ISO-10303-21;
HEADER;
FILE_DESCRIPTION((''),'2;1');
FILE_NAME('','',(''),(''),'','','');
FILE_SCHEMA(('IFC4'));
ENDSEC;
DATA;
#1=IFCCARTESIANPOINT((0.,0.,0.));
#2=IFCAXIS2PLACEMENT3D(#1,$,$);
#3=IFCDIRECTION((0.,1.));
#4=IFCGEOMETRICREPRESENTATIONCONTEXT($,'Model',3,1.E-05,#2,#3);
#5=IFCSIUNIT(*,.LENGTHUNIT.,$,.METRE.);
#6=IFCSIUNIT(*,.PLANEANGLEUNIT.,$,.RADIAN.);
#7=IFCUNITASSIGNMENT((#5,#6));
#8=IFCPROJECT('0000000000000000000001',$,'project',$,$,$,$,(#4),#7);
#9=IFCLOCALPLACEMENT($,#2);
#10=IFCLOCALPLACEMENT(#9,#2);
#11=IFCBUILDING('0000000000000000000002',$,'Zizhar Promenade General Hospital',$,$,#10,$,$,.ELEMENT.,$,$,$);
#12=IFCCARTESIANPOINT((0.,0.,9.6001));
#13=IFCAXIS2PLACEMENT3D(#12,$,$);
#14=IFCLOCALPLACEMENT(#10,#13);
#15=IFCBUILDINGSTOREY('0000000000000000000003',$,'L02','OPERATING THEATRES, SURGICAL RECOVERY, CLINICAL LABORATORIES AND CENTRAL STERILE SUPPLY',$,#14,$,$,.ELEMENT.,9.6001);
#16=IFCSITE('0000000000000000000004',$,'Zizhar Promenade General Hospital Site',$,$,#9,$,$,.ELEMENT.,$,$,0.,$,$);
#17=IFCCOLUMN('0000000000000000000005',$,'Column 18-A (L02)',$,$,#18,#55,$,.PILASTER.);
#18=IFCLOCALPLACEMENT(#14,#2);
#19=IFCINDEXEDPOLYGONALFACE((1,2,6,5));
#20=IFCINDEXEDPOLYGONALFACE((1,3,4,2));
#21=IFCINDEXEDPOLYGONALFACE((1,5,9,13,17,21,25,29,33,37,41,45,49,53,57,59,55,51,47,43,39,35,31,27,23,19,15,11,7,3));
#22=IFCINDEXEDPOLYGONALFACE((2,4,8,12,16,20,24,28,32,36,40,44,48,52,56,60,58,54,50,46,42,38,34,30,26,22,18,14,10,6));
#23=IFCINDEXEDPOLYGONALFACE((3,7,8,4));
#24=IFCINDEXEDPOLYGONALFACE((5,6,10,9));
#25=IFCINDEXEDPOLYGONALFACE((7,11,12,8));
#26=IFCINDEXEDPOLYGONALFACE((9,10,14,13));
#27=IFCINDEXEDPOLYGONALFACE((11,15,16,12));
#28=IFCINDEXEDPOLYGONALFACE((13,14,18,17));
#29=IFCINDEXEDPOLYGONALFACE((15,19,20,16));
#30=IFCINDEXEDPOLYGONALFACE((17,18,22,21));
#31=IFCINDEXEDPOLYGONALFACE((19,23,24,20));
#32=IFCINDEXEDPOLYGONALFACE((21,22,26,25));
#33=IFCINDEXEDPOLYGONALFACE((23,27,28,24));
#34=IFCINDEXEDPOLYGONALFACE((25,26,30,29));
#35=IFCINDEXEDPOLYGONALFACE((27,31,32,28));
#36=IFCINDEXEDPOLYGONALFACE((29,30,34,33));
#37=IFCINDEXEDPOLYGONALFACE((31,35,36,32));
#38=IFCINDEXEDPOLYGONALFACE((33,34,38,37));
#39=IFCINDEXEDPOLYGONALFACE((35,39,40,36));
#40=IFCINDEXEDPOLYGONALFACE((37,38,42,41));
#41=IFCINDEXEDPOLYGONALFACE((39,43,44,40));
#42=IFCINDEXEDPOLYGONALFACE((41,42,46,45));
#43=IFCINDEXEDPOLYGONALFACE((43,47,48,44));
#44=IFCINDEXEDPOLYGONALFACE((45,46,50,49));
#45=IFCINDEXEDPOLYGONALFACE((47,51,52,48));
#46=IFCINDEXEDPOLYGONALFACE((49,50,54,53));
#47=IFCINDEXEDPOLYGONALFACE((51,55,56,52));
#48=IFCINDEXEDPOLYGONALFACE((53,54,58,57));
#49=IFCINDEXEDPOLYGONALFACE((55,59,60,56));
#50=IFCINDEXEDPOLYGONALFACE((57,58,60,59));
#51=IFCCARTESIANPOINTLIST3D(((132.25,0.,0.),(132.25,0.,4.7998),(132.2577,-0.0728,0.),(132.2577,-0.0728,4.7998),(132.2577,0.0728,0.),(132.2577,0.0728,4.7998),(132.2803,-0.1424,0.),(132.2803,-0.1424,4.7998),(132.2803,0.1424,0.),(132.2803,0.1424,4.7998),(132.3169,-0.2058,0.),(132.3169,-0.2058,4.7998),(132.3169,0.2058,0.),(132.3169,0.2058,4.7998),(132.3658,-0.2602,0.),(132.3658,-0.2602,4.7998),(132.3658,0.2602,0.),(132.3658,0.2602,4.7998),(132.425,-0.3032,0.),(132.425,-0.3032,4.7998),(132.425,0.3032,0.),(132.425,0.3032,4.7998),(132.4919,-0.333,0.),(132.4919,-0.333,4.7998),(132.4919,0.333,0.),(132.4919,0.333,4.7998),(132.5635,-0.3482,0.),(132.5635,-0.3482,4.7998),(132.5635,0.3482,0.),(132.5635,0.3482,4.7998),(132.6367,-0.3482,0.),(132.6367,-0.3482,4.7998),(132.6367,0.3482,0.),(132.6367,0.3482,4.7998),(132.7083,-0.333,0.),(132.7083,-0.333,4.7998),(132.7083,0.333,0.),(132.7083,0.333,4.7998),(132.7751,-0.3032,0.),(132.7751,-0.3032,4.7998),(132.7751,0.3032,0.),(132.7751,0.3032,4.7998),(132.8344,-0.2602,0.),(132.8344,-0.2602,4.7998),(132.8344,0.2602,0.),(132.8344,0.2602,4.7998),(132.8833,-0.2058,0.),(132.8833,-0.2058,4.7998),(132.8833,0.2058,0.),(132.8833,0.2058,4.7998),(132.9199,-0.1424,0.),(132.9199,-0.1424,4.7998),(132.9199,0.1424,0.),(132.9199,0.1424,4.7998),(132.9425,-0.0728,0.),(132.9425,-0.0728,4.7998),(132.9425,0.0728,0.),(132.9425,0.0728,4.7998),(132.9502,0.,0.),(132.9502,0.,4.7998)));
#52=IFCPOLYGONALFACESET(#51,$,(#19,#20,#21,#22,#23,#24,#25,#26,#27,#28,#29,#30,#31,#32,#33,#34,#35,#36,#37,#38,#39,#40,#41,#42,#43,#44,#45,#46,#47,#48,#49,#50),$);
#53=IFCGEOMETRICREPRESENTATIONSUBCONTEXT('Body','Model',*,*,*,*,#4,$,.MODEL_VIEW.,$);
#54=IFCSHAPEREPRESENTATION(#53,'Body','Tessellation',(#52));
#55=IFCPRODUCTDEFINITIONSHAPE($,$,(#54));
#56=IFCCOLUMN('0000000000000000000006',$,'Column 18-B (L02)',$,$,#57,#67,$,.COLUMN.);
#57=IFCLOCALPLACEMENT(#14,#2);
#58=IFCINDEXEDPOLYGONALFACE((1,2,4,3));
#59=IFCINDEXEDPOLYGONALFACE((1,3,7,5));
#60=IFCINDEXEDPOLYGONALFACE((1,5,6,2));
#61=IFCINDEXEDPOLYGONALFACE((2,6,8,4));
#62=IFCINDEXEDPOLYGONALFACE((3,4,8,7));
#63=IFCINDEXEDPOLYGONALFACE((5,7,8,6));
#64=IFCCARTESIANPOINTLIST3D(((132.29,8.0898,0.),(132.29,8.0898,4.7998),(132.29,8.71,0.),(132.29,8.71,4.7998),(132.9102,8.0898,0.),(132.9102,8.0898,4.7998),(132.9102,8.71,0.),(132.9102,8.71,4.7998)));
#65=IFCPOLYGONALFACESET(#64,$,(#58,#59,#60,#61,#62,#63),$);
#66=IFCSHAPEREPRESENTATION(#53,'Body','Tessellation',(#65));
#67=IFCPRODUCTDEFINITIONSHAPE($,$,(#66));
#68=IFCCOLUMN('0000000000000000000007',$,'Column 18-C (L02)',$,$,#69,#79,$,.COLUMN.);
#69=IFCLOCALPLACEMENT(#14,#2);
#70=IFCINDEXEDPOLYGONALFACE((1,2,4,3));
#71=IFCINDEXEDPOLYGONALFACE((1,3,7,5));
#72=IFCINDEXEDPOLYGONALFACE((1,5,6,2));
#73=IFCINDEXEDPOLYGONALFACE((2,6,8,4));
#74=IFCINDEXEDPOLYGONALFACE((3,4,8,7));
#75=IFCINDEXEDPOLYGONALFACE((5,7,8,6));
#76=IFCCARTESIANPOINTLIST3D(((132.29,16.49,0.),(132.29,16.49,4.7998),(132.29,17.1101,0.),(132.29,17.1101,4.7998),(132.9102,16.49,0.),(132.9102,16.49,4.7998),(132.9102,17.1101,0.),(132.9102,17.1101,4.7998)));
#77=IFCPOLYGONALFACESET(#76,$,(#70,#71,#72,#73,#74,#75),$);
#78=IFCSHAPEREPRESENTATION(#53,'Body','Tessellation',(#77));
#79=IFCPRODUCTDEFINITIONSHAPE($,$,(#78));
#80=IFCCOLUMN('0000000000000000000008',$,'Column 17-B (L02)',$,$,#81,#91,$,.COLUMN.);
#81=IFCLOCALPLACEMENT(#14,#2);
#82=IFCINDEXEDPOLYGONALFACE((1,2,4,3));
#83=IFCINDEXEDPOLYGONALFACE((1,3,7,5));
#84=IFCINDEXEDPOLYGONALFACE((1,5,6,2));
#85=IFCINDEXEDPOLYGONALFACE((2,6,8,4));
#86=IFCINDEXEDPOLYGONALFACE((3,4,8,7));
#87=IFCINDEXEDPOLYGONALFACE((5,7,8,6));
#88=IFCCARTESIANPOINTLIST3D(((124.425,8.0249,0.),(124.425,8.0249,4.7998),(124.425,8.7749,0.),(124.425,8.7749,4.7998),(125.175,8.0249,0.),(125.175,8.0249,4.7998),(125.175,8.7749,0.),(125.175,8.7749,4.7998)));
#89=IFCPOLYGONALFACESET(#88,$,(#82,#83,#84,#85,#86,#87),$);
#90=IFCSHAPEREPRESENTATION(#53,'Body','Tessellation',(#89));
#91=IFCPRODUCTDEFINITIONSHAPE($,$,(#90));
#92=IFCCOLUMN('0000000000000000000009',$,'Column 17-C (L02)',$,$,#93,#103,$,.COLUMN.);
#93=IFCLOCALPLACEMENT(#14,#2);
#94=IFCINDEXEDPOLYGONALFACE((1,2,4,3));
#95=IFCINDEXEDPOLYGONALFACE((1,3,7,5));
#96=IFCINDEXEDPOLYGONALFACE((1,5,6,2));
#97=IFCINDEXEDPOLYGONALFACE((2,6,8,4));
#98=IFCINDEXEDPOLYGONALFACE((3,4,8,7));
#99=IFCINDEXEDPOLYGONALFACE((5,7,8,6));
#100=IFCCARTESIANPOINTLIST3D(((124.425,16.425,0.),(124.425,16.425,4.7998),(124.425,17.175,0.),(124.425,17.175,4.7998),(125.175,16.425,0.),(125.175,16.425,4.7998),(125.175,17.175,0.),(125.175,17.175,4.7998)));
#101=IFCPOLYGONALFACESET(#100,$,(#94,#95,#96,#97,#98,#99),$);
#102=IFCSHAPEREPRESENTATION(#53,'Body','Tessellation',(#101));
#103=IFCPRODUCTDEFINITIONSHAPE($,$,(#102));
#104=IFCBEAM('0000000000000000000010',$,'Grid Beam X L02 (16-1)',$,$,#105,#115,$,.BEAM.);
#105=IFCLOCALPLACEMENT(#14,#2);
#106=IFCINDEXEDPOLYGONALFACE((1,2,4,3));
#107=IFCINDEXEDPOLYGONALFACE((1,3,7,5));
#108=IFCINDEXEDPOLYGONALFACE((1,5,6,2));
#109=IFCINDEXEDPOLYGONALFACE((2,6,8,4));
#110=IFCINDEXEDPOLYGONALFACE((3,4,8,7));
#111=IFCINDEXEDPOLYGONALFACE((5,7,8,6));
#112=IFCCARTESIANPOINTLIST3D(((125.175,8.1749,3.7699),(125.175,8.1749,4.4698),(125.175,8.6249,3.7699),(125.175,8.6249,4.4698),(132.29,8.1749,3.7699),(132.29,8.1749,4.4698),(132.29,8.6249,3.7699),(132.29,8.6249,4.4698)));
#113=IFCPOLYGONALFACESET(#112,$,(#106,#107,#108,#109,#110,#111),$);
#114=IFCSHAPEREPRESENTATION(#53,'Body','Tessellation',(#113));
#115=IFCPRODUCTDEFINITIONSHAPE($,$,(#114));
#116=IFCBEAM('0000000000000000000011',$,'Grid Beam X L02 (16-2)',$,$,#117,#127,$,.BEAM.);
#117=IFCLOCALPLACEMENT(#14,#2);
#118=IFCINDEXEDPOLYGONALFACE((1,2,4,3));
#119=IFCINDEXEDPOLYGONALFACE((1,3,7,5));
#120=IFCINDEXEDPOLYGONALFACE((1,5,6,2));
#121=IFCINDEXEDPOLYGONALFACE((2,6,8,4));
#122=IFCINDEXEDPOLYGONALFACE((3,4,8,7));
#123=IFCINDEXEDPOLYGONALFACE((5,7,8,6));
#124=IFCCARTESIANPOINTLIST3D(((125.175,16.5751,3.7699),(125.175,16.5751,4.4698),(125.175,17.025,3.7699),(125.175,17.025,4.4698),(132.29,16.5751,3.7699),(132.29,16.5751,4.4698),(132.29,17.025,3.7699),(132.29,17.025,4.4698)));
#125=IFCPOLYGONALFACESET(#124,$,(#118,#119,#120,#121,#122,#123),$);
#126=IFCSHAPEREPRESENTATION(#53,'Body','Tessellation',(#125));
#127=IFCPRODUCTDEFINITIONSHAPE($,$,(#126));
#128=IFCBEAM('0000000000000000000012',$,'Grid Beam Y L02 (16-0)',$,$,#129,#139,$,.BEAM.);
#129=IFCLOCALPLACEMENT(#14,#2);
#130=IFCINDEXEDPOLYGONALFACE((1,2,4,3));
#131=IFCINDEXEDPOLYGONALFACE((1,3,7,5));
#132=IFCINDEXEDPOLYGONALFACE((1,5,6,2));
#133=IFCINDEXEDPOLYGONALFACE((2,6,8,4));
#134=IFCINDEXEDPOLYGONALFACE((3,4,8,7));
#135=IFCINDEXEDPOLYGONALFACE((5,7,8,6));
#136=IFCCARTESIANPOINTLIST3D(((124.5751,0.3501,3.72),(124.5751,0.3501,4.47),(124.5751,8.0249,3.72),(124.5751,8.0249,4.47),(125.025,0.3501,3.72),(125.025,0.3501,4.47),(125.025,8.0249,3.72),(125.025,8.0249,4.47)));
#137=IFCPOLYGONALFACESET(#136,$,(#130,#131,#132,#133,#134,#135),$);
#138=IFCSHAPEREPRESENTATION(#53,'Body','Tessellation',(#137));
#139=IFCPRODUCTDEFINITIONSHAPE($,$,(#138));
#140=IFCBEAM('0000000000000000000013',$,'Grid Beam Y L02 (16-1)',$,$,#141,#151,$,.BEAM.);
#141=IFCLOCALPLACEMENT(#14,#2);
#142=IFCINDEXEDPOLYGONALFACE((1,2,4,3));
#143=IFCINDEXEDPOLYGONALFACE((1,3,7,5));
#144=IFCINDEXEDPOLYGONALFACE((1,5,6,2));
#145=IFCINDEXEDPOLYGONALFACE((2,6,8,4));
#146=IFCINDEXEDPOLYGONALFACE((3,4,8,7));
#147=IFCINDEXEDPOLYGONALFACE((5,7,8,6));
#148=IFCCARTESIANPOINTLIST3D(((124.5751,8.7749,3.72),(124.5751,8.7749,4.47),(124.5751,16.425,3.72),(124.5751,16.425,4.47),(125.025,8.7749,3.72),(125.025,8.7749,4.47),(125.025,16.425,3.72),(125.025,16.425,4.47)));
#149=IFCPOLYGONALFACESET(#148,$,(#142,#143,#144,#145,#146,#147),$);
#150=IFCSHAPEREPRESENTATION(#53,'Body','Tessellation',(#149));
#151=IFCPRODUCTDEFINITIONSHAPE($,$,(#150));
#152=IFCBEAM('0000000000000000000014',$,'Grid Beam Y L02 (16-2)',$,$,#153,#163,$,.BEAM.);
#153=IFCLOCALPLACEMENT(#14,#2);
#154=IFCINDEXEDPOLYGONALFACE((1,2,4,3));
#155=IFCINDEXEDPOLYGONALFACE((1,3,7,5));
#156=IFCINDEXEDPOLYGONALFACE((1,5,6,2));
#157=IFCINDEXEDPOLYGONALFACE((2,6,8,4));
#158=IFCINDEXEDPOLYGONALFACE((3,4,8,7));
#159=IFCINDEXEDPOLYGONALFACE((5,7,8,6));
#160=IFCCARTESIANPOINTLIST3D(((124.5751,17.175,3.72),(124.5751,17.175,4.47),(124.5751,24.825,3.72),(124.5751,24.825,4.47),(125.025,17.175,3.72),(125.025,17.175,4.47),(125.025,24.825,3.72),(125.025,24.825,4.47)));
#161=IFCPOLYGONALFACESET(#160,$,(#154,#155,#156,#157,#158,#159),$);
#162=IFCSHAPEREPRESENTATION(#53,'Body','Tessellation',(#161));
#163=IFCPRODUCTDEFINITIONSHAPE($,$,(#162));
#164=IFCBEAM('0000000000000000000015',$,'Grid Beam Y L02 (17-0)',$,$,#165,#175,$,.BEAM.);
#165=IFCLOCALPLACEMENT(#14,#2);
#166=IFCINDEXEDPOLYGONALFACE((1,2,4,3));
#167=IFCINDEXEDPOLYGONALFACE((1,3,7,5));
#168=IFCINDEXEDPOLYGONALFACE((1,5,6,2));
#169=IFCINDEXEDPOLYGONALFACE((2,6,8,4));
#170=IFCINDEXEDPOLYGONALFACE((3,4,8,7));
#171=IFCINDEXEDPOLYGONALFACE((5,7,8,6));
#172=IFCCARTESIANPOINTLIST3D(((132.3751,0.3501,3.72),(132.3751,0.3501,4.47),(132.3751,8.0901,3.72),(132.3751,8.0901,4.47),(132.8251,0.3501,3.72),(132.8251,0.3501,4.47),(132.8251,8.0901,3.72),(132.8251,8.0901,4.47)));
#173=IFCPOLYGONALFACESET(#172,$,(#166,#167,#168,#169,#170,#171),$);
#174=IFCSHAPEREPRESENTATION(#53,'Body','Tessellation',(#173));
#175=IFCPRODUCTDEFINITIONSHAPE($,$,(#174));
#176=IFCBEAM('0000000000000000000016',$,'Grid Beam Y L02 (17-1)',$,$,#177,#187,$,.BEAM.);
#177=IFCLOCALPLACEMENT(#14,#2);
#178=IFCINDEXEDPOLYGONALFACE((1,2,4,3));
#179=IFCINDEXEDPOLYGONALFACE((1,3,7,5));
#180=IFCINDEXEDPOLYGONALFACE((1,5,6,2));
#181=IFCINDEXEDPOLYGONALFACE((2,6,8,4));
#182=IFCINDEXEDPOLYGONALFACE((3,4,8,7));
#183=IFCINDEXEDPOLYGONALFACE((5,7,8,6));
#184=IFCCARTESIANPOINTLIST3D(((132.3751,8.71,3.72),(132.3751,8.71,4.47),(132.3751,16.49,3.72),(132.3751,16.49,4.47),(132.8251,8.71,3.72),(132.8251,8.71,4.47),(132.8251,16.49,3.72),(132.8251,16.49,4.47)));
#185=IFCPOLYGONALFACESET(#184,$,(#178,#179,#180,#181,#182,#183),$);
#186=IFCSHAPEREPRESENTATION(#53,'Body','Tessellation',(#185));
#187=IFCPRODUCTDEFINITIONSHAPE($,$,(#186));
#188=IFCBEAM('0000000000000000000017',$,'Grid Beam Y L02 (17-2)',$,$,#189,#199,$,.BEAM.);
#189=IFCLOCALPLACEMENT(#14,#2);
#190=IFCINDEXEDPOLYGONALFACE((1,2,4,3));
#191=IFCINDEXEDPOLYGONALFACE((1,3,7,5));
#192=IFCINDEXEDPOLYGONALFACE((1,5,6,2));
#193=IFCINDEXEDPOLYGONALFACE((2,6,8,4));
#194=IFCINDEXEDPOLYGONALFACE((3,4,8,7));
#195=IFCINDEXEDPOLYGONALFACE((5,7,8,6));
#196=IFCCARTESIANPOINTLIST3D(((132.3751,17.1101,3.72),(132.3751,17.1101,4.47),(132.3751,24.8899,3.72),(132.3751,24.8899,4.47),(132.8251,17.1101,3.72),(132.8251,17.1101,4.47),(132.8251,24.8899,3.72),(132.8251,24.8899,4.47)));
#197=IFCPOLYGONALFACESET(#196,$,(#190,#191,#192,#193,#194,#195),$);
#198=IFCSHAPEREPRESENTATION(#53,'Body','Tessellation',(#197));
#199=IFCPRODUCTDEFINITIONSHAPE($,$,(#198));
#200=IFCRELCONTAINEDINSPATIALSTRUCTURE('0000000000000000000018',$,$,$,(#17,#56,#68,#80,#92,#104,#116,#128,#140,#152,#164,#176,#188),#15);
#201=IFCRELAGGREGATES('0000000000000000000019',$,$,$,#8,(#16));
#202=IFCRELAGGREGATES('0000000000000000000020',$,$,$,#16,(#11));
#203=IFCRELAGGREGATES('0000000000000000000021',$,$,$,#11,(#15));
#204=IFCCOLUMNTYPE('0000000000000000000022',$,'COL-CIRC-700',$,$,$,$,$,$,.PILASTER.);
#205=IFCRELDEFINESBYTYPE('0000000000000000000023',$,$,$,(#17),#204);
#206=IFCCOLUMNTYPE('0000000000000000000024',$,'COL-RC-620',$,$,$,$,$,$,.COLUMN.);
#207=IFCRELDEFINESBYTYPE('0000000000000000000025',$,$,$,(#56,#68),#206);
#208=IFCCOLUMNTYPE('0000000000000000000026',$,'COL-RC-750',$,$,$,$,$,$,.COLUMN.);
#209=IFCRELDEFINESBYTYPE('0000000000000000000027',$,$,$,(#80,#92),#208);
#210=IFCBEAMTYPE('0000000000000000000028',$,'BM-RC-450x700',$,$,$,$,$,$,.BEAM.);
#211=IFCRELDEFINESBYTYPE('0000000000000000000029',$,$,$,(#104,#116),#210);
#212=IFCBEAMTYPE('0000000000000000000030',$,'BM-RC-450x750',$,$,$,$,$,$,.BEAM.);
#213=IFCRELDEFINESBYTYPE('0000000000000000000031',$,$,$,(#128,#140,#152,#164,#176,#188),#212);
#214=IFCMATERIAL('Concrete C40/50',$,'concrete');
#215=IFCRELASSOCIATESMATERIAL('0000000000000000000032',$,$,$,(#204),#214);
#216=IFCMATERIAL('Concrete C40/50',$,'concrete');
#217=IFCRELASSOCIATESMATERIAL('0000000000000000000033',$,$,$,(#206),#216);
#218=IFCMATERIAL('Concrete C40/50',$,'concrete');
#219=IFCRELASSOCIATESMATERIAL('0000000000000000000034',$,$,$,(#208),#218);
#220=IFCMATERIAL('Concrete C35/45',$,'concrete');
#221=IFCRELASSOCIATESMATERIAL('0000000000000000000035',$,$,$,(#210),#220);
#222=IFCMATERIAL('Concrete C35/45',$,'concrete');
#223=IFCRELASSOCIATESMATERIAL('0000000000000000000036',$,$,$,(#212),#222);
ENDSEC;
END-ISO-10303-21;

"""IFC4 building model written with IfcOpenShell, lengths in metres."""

from ifc_helpers import new_model, si_unit, direction, frame, origin, origin_2d, place, context, subcontext, project, spatial, rectangle, circle, extrude, material, material_profile, profile_set, type_object, element, save


model = new_model("IFC4")

# Units and contexts
model_context = context("Model", 3, precision=1e-05, world=origin(), true_north=direction((0.0, 1.0)))
body_context = subcontext(model_context, "Body", "Model", "MODEL_VIEW")
ifc_project = project(units=[si_unit("LENGTHUNIT", "METRE"), si_unit("PLANEANGLEUNIT", "RADIAN")], contexts=[model_context])

# Site, building, storey
site_placement = place(None, origin())
site = spatial("IfcSite", under=ifc_project, at=site_placement, Name="Zizhar Promenade General Hospital Site", CompositionType="ELEMENT", RefElevation=0.0)
building_placement = place(site_placement, origin())
building = spatial("IfcBuilding", under=site, at=building_placement, Name="Zizhar Promenade General Hospital", CompositionType="ELEMENT")
storey_placement = place(building_placement, frame((0.0, 0.0, 9.6001)))
storey = spatial("IfcBuildingStorey", under=building, at=storey_placement, Name="L02", Description="OPERATING THEATRES, SURGICAL RECOVERY, CLINICAL LABORATORIES AND CENTRAL STERILE SUPPLY", CompositionType="ELEMENT", Elevation=9.6001)

# Columns
ifc_material_1 = material(Name="Concrete C40/50", Category="concrete")
ifc_material_profile_1 = material_profile(ifc_material_1, circle(Radius=0.3501, at=origin_2d()))
ifc_profile_set_1 = profile_set([ifc_material_profile_1], Name="Concrete C40/50")
column_type_1 = type_object("IfcColumnType", Name="COL-CIRC-700", PredefinedType="PILASTER", material=ifc_profile_set_1)
column_placement = place(storey_placement, frame((132.6001, 0.0, 0.0), z_axis=(0.0, 0.0, 1.0), x_axis=(1.0, 0.0, 0.0)))
element("IfcColumn", 1, at=column_placement, inside=storey, type_object=column_type_1, Name="Column 18-A (L02)", PredefinedType="PILASTER", context=body_context, shape_type="SweptSolid", body=[
    extrude(circle(Radius=0.3501, at=origin_2d()), origin(), (0.0, 0.0, 1.0), 4.7998),
])
ifc_material_2 = material(Name="Concrete C40/50", Category="concrete")
ifc_material_profile_2 = material_profile(ifc_material_2, rectangle(XDim=0.6201, YDim=0.6201, at=origin_2d()))
ifc_profile_set_2 = profile_set([ifc_material_profile_2], Name="Concrete C40/50")
column_type_2 = type_object("IfcColumnType", Name="COL-RC-620", PredefinedType="COLUMN", material=ifc_profile_set_2)
for number, where, z_axis, x_axis, name in (
    (2, (132.6001, 8.3999, 0.0), (0.0, 0.0, 1.0), (1.0, 0.0, 0.0), "Column 18-B (L02)"),
    (3, (132.6001, 16.8, 0.0), (0.0, 0.0, 1.0), (1.0, 0.0, 0.0), "Column 18-C (L02)"),
):
    element("IfcColumn", number, at=place(storey_placement, frame(where, z_axis=z_axis, x_axis=x_axis)), inside=storey, type_object=column_type_2, Name=name, PredefinedType="COLUMN", context=body_context, shape_type="SweptSolid", body=[
        extrude(rectangle(XDim=0.6201, YDim=0.6201, at=origin_2d()), origin(), (0.0, 0.0, 1.0), 4.7998),
    ])
ifc_material_3 = material(Name="Concrete C40/50", Category="concrete")
ifc_material_profile_3 = material_profile(ifc_material_3, rectangle(XDim=0.75, YDim=0.75, at=origin_2d()))
ifc_profile_set_3 = profile_set([ifc_material_profile_3], Name="Concrete C40/50")
column_type_3 = type_object("IfcColumnType", Name="COL-RC-750", PredefinedType="COLUMN", material=ifc_profile_set_3)
for number, where, z_axis, x_axis, name in (
    (4, (124.8, 8.3999, 0.0), (0.0, 0.0, 1.0), (1.0, 0.0, 0.0), "Column 17-B (L02)"),
    (5, (124.8, 16.8, 0.0), (0.0, 0.0, 1.0), (1.0, 0.0, 0.0), "Column 17-C (L02)"),
):
    element("IfcColumn", number, at=place(storey_placement, frame(where, z_axis=z_axis, x_axis=x_axis)), inside=storey, type_object=column_type_3, Name=name, PredefinedType="COLUMN", context=body_context, shape_type="SweptSolid", body=[
        extrude(rectangle(XDim=0.75, YDim=0.75, at=origin_2d()), origin(), (0.0, 0.0, 1.0), 4.7998),
    ])

# Beams
ifc_material_4 = material(Name="Concrete C35/45", Category="concrete")
ifc_material_profile_4 = material_profile(ifc_material_4, rectangle(XDim=0.45, YDim=0.7, at=origin_2d()))
ifc_profile_set_4 = profile_set([ifc_material_profile_4], Name="Concrete C35/45")
beam_type_1 = type_object("IfcBeamType", Name="BM-RC-450x700", PredefinedType="BEAM", material=ifc_profile_set_4)
for number, where, z_axis, x_axis, name in (
    (6, (125.175, 8.3999, 4.1199), (1.0, 0.0, 0.0), (0.0, 1.0, 0.0), "Grid Beam X L02 (16-1)"),
    (7, (125.175, 16.8, 4.1199), (1.0, 0.0, 0.0), (0.0, 1.0, 0.0), "Grid Beam X L02 (16-2)"),
):
    element("IfcBeam", number, at=place(storey_placement, frame(where, z_axis=z_axis, x_axis=x_axis)), inside=storey, type_object=beam_type_1, Name=name, PredefinedType="BEAM", context=body_context, shape_type="SweptSolid", body=[
        extrude(rectangle(XDim=0.45, YDim=0.7, at=origin_2d()), origin(), (0.0, 0.0, 1.0), 7.115),
    ])
ifc_material_5 = material(Name="Concrete C35/45", Category="concrete")
ifc_material_profile_5 = material_profile(ifc_material_5, rectangle(XDim=0.45, YDim=0.75, at=origin_2d()))
ifc_profile_set_5 = profile_set([ifc_material_profile_5], Name="Concrete C35/45")
beam_type_2 = type_object("IfcBeamType", Name="BM-RC-450x750", PredefinedType="BEAM", material=ifc_profile_set_5)
beam_1_placement = place(storey_placement, frame((124.8, 0.3501, 4.095), z_axis=(0.0, 1.0, 0.0), x_axis=(-1.0, 0.0, 0.0)))
element("IfcBeam", 8, at=beam_1_placement, inside=storey, type_object=beam_type_2, Name="Grid Beam Y L02 (16-0)", PredefinedType="BEAM", context=body_context, shape_type="SweptSolid", body=[
    extrude(rectangle(XDim=0.45, YDim=0.75, at=origin_2d()), origin(), (0.0, 0.0, 1.0), 7.6748),
])
beam_2_placement = place(storey_placement, frame((124.8, 8.7749, 4.095), z_axis=(0.0, 1.0, 0.0), x_axis=(-1.0, 0.0, 0.0)))
element("IfcBeam", 9, at=beam_2_placement, inside=storey, type_object=beam_type_2, Name="Grid Beam Y L02 (16-1)", PredefinedType="BEAM", context=body_context, shape_type="SweptSolid", body=[
    extrude(rectangle(XDim=0.45, YDim=0.75, at=origin_2d()), origin(), (0.0, 0.0, 1.0), 7.6501),
])
beam_3_placement = place(storey_placement, frame((124.8, 17.175, 4.095), z_axis=(0.0, 1.0, 0.0), x_axis=(-1.0, 0.0, 0.0)))
element("IfcBeam", 10, at=beam_3_placement, inside=storey, type_object=beam_type_2, Name="Grid Beam Y L02 (16-2)", PredefinedType="BEAM", context=body_context, shape_type="SweptSolid", body=[
    extrude(rectangle(XDim=0.45, YDim=0.75, at=origin_2d()), origin(), (0.0, 0.0, 1.0), 7.6499),
])
beam_4_placement = place(storey_placement, frame((132.6001, 0.3501, 4.095), z_axis=(0.0, 1.0, 0.0), x_axis=(-1.0, 0.0, 0.0)))
element("IfcBeam", 11, at=beam_4_placement, inside=storey, type_object=beam_type_2, Name="Grid Beam Y L02 (17-0)", PredefinedType="BEAM", context=body_context, shape_type="SweptSolid", body=[
    extrude(rectangle(XDim=0.45, YDim=0.75, at=origin_2d()), origin(), (0.0, 0.0, 1.0), 7.74),
])
beam_5_placement = place(storey_placement, frame((132.6001, 8.71, 4.095), z_axis=(0.0, 1.0, 0.0), x_axis=(-1.0, 0.0, 0.0)))
element("IfcBeam", 12, at=beam_5_placement, inside=storey, type_object=beam_type_2, Name="Grid Beam Y L02 (17-1)", PredefinedType="BEAM", context=body_context, shape_type="SweptSolid", body=[
    extrude(rectangle(XDim=0.45, YDim=0.75, at=origin_2d()), origin(), (0.0, 0.0, 1.0), 7.78),
])
beam_6_placement = place(storey_placement, frame((132.6001, 17.1101, 4.095), z_axis=(0.0, 1.0, 0.0), x_axis=(-1.0, 0.0, 0.0)))
element("IfcBeam", 13, at=beam_6_placement, inside=storey, type_object=beam_type_2, Name="Grid Beam Y L02 (17-2)", PredefinedType="BEAM", context=body_context, shape_type="SweptSolid", body=[
    extrude(rectangle(XDim=0.45, YDim=0.75, at=origin_2d()), origin(), (0.0, 0.0, 1.0), 7.7798),
])

save(model, "model.ifc")
